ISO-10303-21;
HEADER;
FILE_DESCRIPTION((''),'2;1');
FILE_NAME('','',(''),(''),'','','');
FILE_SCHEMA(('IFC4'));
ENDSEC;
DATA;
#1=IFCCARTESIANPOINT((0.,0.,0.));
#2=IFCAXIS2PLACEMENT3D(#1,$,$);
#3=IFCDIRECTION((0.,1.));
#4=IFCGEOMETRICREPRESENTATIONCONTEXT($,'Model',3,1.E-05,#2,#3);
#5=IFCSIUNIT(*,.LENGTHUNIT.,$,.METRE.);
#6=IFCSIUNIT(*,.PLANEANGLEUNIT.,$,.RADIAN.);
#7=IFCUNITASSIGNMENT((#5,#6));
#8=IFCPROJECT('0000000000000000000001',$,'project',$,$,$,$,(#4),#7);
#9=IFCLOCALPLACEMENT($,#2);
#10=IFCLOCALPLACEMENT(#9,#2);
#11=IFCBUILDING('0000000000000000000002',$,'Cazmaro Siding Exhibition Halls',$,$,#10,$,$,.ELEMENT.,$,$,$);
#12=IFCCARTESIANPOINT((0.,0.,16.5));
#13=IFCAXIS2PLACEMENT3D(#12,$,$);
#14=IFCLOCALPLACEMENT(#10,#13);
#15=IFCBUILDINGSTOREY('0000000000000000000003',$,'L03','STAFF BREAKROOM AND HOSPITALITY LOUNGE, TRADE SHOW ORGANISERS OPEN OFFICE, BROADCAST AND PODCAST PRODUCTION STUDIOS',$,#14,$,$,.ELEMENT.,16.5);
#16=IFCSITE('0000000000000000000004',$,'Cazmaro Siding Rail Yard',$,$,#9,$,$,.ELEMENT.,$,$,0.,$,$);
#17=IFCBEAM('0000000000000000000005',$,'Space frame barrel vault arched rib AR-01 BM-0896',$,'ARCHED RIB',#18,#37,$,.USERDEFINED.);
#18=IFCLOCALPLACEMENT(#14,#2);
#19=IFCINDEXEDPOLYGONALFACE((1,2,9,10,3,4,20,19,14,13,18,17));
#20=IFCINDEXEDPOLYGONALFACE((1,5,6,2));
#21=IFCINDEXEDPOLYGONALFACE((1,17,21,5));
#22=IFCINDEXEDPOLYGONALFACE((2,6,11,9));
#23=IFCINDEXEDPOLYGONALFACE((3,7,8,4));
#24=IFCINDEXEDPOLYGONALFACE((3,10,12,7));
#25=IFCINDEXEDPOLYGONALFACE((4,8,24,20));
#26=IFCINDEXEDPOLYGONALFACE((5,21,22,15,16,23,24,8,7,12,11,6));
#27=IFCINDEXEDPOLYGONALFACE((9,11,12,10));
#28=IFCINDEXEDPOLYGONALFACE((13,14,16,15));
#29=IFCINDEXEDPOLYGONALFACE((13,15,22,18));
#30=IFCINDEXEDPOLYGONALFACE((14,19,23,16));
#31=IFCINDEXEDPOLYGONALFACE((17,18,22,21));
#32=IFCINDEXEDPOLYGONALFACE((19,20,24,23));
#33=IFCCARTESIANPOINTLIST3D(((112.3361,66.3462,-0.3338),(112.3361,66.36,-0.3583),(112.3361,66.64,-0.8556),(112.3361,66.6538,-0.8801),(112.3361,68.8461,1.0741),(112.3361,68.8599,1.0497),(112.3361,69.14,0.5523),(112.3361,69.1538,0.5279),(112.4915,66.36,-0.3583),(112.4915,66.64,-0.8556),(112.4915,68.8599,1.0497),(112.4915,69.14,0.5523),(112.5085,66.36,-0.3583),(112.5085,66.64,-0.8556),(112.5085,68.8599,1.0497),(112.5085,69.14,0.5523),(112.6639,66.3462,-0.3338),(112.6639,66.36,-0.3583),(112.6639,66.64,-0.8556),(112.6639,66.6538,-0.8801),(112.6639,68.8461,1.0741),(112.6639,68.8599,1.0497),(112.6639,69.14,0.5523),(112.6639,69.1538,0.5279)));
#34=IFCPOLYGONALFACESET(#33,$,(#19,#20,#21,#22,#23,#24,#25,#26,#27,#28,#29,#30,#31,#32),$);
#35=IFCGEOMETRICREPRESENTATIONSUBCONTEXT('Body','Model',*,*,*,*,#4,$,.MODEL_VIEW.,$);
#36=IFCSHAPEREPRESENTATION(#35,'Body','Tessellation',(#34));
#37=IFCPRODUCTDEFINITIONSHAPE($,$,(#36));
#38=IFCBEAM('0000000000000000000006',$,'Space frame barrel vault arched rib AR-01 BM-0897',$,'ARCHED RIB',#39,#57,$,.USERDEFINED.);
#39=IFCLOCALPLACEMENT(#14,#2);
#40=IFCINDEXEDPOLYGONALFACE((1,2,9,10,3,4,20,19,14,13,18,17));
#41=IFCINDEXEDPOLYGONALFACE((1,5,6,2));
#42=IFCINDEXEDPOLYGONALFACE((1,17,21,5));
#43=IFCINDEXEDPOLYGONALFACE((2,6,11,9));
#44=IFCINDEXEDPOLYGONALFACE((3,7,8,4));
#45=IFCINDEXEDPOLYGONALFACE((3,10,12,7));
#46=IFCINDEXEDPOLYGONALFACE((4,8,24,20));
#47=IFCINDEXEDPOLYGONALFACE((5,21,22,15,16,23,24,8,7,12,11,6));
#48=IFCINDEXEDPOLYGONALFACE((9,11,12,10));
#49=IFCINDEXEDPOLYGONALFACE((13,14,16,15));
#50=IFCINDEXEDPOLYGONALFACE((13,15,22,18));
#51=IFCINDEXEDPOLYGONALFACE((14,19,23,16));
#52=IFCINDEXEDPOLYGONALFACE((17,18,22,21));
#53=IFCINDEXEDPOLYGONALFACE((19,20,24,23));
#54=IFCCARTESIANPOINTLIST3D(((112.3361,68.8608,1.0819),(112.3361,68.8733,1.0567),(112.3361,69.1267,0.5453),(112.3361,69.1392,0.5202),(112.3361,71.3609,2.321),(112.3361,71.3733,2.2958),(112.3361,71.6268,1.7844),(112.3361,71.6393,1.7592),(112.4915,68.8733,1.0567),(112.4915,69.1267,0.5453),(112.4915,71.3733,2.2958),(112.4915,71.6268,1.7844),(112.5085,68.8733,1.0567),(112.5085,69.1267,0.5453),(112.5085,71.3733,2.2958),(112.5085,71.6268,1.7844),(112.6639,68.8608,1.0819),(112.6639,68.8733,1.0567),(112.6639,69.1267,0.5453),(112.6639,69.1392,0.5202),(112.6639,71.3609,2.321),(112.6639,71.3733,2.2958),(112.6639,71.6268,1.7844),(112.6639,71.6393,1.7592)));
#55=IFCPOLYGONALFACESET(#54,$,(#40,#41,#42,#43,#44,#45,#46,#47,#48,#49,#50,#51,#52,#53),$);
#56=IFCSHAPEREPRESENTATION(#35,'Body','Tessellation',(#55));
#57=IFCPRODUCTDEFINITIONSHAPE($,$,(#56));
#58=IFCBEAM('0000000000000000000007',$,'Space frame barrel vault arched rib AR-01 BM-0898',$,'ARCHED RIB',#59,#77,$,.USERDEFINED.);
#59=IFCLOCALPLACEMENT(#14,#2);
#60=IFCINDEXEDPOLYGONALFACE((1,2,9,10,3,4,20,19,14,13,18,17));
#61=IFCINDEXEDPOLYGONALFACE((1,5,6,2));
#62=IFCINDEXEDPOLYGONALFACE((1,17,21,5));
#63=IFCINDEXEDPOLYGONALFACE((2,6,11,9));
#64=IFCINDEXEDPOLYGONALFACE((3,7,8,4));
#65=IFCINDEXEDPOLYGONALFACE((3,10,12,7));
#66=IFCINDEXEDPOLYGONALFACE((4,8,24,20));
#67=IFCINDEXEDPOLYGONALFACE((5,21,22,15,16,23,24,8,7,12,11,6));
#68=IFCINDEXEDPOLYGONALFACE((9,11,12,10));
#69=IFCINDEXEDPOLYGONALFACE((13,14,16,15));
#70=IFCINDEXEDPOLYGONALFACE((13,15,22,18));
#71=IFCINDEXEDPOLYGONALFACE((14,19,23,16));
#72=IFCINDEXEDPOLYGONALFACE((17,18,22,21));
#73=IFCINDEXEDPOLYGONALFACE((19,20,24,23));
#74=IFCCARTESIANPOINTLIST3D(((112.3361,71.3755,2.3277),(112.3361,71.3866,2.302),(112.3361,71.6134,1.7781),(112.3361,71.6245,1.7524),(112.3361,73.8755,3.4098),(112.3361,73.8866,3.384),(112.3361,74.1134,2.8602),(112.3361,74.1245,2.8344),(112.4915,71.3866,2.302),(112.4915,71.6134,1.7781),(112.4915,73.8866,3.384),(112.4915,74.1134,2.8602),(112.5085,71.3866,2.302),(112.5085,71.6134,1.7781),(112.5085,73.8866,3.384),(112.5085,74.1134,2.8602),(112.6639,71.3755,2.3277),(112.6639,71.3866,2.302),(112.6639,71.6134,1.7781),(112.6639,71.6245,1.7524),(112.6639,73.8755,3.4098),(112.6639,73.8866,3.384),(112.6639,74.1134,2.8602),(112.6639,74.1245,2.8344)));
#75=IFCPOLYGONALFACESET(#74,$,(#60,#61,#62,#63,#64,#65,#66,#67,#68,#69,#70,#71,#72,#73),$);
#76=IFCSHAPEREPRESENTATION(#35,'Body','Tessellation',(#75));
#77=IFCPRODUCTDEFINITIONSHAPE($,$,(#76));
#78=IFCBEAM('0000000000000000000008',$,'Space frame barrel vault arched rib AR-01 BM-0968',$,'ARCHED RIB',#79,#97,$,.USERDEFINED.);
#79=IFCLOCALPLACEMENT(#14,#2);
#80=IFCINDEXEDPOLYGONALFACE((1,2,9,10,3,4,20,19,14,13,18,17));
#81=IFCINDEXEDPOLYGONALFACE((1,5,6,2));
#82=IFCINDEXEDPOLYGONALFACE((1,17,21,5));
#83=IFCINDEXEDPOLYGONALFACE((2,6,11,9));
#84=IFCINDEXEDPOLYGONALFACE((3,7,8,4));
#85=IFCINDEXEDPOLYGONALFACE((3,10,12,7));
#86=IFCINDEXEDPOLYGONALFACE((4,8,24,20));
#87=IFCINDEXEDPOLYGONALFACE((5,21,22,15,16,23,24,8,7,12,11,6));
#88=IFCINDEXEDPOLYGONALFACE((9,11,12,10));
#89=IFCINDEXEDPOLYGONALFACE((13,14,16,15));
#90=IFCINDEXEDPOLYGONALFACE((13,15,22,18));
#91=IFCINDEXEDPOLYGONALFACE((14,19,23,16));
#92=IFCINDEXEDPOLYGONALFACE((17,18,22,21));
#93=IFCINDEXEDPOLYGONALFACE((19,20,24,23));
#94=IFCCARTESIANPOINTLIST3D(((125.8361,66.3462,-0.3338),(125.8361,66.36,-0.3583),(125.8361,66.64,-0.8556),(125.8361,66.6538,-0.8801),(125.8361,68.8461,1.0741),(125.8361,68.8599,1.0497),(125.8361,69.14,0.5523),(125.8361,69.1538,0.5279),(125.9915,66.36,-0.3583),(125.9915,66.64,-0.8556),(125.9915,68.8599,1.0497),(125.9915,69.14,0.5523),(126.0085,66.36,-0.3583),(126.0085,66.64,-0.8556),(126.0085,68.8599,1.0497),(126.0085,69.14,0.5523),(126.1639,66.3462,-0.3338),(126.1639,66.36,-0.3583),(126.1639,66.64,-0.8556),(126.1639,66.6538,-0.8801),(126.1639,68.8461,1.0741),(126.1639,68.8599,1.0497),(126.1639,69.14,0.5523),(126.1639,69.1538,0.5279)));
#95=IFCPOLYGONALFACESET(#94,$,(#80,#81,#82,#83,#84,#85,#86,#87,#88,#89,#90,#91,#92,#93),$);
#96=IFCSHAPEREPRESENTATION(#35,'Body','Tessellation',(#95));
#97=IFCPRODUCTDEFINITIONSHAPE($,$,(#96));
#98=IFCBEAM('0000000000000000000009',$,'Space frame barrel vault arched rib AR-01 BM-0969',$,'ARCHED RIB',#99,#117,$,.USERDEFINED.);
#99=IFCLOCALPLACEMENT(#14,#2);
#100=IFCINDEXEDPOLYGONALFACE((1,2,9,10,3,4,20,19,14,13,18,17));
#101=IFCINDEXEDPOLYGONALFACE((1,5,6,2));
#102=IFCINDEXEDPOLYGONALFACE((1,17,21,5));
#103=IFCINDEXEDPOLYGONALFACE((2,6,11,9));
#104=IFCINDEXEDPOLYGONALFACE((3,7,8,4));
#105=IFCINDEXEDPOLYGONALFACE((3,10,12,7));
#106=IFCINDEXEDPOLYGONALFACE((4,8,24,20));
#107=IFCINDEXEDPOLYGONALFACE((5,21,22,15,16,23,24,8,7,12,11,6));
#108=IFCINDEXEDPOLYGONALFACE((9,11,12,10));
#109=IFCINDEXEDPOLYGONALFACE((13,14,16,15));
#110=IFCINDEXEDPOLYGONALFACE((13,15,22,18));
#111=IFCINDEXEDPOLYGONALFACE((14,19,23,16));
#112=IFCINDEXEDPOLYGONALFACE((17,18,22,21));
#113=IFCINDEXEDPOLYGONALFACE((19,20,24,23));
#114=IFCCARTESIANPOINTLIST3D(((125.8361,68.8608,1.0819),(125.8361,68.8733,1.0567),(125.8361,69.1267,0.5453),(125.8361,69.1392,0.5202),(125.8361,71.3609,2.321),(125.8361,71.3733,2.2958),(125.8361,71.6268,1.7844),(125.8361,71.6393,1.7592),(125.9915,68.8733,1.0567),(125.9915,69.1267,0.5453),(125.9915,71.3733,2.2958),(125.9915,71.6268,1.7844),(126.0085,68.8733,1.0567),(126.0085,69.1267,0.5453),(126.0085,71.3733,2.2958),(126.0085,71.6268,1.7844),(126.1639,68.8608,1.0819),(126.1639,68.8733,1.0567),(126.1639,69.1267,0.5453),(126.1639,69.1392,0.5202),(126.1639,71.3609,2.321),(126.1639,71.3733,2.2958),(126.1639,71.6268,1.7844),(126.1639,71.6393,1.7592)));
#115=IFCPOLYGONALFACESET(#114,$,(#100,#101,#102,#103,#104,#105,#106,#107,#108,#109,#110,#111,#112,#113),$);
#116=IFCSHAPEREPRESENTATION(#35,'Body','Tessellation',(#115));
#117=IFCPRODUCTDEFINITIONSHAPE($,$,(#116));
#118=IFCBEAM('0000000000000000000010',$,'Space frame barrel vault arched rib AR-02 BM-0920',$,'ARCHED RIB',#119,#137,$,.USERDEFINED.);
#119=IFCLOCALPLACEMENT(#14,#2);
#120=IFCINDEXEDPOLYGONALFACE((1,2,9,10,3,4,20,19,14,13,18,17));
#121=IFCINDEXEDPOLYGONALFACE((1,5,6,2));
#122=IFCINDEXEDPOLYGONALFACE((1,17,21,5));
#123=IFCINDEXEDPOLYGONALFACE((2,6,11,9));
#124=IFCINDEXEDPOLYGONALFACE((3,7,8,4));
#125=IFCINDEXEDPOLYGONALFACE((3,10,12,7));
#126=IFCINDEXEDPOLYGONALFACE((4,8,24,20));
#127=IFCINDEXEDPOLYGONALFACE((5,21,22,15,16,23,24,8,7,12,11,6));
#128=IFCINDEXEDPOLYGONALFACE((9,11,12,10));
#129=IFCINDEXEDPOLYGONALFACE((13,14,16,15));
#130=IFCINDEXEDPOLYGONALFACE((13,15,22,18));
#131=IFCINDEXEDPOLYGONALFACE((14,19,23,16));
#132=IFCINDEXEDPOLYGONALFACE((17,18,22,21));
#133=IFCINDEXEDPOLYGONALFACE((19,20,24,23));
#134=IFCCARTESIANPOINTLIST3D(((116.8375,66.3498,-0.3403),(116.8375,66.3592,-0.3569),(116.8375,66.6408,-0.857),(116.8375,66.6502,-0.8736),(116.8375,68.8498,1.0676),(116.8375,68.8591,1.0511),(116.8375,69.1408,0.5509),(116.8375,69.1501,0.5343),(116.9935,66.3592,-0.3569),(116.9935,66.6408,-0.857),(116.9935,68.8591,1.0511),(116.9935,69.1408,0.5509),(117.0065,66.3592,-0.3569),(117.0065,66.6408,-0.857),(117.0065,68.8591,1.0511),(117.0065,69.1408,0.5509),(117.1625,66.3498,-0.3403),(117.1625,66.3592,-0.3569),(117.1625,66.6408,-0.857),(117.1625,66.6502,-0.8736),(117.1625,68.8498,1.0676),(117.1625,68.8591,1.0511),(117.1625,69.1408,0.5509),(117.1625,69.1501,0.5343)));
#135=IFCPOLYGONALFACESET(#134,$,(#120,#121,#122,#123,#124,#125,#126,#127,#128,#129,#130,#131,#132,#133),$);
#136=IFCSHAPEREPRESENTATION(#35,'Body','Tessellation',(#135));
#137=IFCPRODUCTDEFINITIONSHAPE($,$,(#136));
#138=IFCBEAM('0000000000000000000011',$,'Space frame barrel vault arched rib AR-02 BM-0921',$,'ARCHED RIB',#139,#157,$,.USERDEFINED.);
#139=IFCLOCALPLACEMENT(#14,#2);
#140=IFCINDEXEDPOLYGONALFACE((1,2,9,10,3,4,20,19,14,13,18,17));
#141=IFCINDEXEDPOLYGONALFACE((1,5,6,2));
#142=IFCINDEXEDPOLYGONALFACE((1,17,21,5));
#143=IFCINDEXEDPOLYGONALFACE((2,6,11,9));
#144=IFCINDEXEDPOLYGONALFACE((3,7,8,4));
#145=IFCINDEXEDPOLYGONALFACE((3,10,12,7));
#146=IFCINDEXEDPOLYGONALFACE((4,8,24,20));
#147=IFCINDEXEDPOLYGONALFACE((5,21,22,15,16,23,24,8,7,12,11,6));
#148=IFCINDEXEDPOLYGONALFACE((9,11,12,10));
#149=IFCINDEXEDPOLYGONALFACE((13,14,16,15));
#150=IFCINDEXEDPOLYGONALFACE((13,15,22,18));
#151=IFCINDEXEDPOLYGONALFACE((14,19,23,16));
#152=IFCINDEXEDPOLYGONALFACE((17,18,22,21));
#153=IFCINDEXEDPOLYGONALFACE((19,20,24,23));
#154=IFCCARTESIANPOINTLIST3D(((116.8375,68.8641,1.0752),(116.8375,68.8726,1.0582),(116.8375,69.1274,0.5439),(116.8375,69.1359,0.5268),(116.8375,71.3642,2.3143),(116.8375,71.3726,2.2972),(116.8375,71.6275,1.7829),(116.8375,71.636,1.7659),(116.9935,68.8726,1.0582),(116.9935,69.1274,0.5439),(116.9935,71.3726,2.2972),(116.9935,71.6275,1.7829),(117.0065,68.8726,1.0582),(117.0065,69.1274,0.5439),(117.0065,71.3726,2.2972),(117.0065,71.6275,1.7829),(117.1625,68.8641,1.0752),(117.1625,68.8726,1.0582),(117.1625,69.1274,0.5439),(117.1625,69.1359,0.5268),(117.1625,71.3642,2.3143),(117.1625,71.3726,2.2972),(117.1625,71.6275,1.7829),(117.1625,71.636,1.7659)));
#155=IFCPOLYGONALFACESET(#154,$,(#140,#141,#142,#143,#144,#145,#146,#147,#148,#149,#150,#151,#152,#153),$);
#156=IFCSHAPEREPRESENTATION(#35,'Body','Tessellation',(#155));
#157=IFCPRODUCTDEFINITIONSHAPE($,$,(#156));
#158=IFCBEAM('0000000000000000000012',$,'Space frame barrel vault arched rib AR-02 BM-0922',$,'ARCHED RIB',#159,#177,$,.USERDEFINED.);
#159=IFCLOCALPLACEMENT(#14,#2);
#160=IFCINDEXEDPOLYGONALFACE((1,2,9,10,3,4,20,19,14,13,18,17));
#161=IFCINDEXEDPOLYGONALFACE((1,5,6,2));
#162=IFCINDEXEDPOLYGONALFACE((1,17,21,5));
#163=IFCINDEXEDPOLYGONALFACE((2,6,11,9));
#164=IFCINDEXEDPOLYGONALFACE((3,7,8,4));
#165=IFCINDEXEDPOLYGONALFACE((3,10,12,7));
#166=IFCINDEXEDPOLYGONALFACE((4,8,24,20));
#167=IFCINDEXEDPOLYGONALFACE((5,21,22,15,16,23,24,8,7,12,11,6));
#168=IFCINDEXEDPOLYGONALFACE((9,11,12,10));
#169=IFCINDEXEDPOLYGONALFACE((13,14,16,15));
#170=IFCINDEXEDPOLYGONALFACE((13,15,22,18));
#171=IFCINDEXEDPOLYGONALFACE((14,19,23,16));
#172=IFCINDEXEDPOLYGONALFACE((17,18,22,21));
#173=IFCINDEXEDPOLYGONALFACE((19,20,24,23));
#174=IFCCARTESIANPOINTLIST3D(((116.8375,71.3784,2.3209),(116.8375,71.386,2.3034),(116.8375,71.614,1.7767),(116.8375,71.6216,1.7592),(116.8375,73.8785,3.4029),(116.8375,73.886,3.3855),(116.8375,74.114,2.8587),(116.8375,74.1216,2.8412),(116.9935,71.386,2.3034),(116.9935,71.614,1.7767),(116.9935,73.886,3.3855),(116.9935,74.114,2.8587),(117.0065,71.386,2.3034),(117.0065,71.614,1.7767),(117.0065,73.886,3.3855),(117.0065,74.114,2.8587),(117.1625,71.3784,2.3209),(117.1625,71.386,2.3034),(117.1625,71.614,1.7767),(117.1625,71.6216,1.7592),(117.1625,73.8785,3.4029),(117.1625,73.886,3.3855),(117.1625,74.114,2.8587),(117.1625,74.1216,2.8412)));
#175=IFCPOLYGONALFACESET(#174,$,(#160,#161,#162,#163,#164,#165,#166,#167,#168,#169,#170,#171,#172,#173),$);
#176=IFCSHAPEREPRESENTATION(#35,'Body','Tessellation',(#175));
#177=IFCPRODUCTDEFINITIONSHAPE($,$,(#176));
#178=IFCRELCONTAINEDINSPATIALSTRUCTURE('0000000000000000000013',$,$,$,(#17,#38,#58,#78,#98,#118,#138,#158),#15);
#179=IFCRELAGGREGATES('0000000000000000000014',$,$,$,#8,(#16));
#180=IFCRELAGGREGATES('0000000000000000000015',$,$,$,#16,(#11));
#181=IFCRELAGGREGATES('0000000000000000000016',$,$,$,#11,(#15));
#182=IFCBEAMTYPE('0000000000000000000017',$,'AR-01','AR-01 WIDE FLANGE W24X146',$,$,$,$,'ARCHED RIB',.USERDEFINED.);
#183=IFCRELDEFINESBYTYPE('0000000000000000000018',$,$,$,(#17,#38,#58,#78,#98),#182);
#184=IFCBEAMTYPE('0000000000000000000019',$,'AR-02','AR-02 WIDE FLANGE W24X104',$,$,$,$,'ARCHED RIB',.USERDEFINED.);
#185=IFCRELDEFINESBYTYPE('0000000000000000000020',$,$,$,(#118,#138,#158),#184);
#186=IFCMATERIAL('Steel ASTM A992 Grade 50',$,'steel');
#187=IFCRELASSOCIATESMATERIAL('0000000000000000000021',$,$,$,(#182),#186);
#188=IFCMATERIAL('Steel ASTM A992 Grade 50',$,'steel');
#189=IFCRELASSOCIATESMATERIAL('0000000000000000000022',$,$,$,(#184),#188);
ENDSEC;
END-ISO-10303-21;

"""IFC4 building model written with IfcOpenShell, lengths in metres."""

from ifc_helpers import new_model, si_unit, direction, frame, origin, origin_2d, place, context, subcontext, project, spatial, i_section, extrude, material, material_profile, profile_set, type_object, element, save


model = new_model("IFC4")

# Units and contexts
model_context = context("Model", 3, precision=1e-05, world=origin(), true_north=direction((0.0, 1.0)))
body_context = subcontext(model_context, "Body", "Model", "MODEL_VIEW")
ifc_project = project(units=[si_unit("LENGTHUNIT", "METRE"), si_unit("PLANEANGLEUNIT", "RADIAN")], contexts=[model_context])

# Site, building, storey
site_placement = place(None, origin())
site = spatial("IfcSite", under=ifc_project, at=site_placement, Name="Cazmaro Siding Rail Yard", CompositionType="ELEMENT", RefElevation=0.0)
building_placement = place(site_placement, origin())
building = spatial("IfcBuilding", under=site, at=building_placement, Name="Cazmaro Siding Exhibition Halls", CompositionType="ELEMENT")
storey_placement = place(building_placement, frame((0.0, 0.0, 16.5)))
storey = spatial("IfcBuildingStorey", under=building, at=storey_placement, Name="L03", Description="STAFF BREAKROOM AND HOSPITALITY LOUNGE, TRADE SHOW ORGANISERS OPEN OFFICE, BROADCAST AND PODCAST PRODUCTION STUDIOS", CompositionType="ELEMENT", Elevation=16.5)

# Beams
ifc_material_1 = material(Name="Steel ASTM A992 Grade 50", Category="steel")
ifc_material_profile_1 = material_profile(ifc_material_1, i_section(OverallWidth=0.3279, OverallDepth=0.627, WebThickness=0.0171, FlangeThickness=0.0281, at=origin_2d()), Name="W24X146")
ifc_profile_set_1 = profile_set([ifc_material_profile_1], Name="Steel ASTM A992 Grade 50")
beam_type_1 = type_object("IfcBeamType", Name="AR-01", Description="AR-01 WIDE FLANGE W24X146", ElementType="ARCHED RIB", PredefinedType="USERDEFINED", material=ifc_profile_set_1)
beam_1_placement = place(storey_placement, frame((112.5, 66.5, -0.6069), z_axis=(0.0, 0.871321, 0.490714), x_axis=(-1.0, 0.0, 0.0)))
element("IfcBeam", 1, at=beam_1_placement, inside=storey, type_object=beam_type_1, Name="Space frame barrel vault arched rib AR-01 BM-0896", ObjectType="ARCHED RIB", PredefinedType="USERDEFINED", context=body_context, shape_type="SweptSolid", body=[
    extrude(i_section(OverallWidth=0.3279, OverallDepth=0.627, WebThickness=0.0171, FlangeThickness=0.0281, at=origin_2d()), origin(), (0.0, 0.0, 1.0), 2.8691),
])
beam_2_placement = place(storey_placement, frame((112.5, 69.0, 0.801), z_axis=(0.0, 0.895997, 0.444061), x_axis=(-1.0, 0.0, 0.0)))
element("IfcBeam", 2, at=beam_2_placement, inside=storey, type_object=beam_type_1, Name="Space frame barrel vault arched rib AR-01 BM-0897", ObjectType="ARCHED RIB", PredefinedType="USERDEFINED", context=body_context, shape_type="SweptSolid", body=[
    extrude(i_section(OverallWidth=0.3279, OverallDepth=0.627, WebThickness=0.0171, FlangeThickness=0.0281, at=origin_2d()), origin(), (0.0, 0.0, 1.0), 2.7903),
])
beam_3_placement = place(storey_placement, frame((112.5, 71.5, 2.04), z_axis=(0.0, 0.91773, 0.397205), x_axis=(-1.0, 0.0, 0.0)))
element("IfcBeam", 3, at=beam_3_placement, inside=storey, type_object=beam_type_1, Name="Space frame barrel vault arched rib AR-01 BM-0898", ObjectType="ARCHED RIB", PredefinedType="USERDEFINED", context=body_context, shape_type="SweptSolid", body=[
    extrude(i_section(OverallWidth=0.3279, OverallDepth=0.627, WebThickness=0.0171, FlangeThickness=0.0281, at=origin_2d()), origin(), (0.0, 0.0, 1.0), 2.7241),
])
beam_4_placement = place(storey_placement, frame((126.0, 66.5, -0.6069), z_axis=(0.0, 0.871321, 0.490714), x_axis=(-1.0, 0.0, 0.0)))
element("IfcBeam", 4, at=beam_4_placement, inside=storey, type_object=beam_type_1, Name="Space frame barrel vault arched rib AR-01 BM-0968", ObjectType="ARCHED RIB", PredefinedType="USERDEFINED", context=body_context, shape_type="SweptSolid", body=[
    extrude(i_section(OverallWidth=0.3279, OverallDepth=0.627, WebThickness=0.0171, FlangeThickness=0.0281, at=origin_2d()), origin(), (0.0, 0.0, 1.0), 2.8691),
])
beam_5_placement = place(storey_placement, frame((126.0, 69.0, 0.801), z_axis=(0.0, 0.895997, 0.444061), x_axis=(-1.0, 0.0, 0.0)))
element("IfcBeam", 5, at=beam_5_placement, inside=storey, type_object=beam_type_1, Name="Space frame barrel vault arched rib AR-01 BM-0969", ObjectType="ARCHED RIB", PredefinedType="USERDEFINED", context=body_context, shape_type="SweptSolid", body=[
    extrude(i_section(OverallWidth=0.3279, OverallDepth=0.627, WebThickness=0.0171, FlangeThickness=0.0281, at=origin_2d()), origin(), (0.0, 0.0, 1.0), 2.7903),
])
ifc_material_2 = material(Name="Steel ASTM A992 Grade 50", Category="steel")
ifc_material_profile_2 = material_profile(ifc_material_2, i_section(OverallWidth=0.325, OverallDepth=0.6121, WebThickness=0.0129, FlangeThickness=0.019, at=origin_2d()), Name="W24X104")
ifc_profile_set_2 = profile_set([ifc_material_profile_2], Name="Steel ASTM A992 Grade 50")
beam_type_2 = type_object("IfcBeamType", Name="AR-02", Description="AR-02 WIDE FLANGE W24X104", ElementType="ARCHED RIB", PredefinedType="USERDEFINED", material=ifc_profile_set_2)
beam_6_placement = place(storey_placement, frame((117.0, 66.5, -0.6069), z_axis=(0.0, 0.871321, 0.490714), x_axis=(-1.0, 0.0, 0.0)))
element("IfcBeam", 6, at=beam_6_placement, inside=storey, type_object=beam_type_2, Name="Space frame barrel vault arched rib AR-02 BM-0920", ObjectType="ARCHED RIB", PredefinedType="USERDEFINED", context=body_context, shape_type="SweptSolid", body=[
    extrude(i_section(OverallWidth=0.325, OverallDepth=0.6121, WebThickness=0.0129, FlangeThickness=0.019, at=origin_2d()), origin(), (0.0, 0.0, 1.0), 2.8691),
])
beam_7_placement = place(storey_placement, frame((117.0, 69.0, 0.801), z_axis=(0.0, 0.895997, 0.444061), x_axis=(-1.0, 0.0, 0.0)))
element("IfcBeam", 7, at=beam_7_placement, inside=storey, type_object=beam_type_2, Name="Space frame barrel vault arched rib AR-02 BM-0921", ObjectType="ARCHED RIB", PredefinedType="USERDEFINED", context=body_context, shape_type="SweptSolid", body=[
    extrude(i_section(OverallWidth=0.325, OverallDepth=0.6121, WebThickness=0.0129, FlangeThickness=0.019, at=origin_2d()), origin(), (0.0, 0.0, 1.0), 2.7903),
])
beam_8_placement = place(storey_placement, frame((117.0, 71.5, 2.04), z_axis=(0.0, 0.91773, 0.397205), x_axis=(-1.0, 0.0, 0.0)))
element("IfcBeam", 8, at=beam_8_placement, inside=storey, type_object=beam_type_2, Name="Space frame barrel vault arched rib AR-02 BM-0922", ObjectType="ARCHED RIB", PredefinedType="USERDEFINED", context=body_context, shape_type="SweptSolid", body=[
    extrude(i_section(OverallWidth=0.325, OverallDepth=0.6121, WebThickness=0.0129, FlangeThickness=0.019, at=origin_2d()), origin(), (0.0, 0.0, 1.0), 2.7241),
])

save(model, "model.ifc")
